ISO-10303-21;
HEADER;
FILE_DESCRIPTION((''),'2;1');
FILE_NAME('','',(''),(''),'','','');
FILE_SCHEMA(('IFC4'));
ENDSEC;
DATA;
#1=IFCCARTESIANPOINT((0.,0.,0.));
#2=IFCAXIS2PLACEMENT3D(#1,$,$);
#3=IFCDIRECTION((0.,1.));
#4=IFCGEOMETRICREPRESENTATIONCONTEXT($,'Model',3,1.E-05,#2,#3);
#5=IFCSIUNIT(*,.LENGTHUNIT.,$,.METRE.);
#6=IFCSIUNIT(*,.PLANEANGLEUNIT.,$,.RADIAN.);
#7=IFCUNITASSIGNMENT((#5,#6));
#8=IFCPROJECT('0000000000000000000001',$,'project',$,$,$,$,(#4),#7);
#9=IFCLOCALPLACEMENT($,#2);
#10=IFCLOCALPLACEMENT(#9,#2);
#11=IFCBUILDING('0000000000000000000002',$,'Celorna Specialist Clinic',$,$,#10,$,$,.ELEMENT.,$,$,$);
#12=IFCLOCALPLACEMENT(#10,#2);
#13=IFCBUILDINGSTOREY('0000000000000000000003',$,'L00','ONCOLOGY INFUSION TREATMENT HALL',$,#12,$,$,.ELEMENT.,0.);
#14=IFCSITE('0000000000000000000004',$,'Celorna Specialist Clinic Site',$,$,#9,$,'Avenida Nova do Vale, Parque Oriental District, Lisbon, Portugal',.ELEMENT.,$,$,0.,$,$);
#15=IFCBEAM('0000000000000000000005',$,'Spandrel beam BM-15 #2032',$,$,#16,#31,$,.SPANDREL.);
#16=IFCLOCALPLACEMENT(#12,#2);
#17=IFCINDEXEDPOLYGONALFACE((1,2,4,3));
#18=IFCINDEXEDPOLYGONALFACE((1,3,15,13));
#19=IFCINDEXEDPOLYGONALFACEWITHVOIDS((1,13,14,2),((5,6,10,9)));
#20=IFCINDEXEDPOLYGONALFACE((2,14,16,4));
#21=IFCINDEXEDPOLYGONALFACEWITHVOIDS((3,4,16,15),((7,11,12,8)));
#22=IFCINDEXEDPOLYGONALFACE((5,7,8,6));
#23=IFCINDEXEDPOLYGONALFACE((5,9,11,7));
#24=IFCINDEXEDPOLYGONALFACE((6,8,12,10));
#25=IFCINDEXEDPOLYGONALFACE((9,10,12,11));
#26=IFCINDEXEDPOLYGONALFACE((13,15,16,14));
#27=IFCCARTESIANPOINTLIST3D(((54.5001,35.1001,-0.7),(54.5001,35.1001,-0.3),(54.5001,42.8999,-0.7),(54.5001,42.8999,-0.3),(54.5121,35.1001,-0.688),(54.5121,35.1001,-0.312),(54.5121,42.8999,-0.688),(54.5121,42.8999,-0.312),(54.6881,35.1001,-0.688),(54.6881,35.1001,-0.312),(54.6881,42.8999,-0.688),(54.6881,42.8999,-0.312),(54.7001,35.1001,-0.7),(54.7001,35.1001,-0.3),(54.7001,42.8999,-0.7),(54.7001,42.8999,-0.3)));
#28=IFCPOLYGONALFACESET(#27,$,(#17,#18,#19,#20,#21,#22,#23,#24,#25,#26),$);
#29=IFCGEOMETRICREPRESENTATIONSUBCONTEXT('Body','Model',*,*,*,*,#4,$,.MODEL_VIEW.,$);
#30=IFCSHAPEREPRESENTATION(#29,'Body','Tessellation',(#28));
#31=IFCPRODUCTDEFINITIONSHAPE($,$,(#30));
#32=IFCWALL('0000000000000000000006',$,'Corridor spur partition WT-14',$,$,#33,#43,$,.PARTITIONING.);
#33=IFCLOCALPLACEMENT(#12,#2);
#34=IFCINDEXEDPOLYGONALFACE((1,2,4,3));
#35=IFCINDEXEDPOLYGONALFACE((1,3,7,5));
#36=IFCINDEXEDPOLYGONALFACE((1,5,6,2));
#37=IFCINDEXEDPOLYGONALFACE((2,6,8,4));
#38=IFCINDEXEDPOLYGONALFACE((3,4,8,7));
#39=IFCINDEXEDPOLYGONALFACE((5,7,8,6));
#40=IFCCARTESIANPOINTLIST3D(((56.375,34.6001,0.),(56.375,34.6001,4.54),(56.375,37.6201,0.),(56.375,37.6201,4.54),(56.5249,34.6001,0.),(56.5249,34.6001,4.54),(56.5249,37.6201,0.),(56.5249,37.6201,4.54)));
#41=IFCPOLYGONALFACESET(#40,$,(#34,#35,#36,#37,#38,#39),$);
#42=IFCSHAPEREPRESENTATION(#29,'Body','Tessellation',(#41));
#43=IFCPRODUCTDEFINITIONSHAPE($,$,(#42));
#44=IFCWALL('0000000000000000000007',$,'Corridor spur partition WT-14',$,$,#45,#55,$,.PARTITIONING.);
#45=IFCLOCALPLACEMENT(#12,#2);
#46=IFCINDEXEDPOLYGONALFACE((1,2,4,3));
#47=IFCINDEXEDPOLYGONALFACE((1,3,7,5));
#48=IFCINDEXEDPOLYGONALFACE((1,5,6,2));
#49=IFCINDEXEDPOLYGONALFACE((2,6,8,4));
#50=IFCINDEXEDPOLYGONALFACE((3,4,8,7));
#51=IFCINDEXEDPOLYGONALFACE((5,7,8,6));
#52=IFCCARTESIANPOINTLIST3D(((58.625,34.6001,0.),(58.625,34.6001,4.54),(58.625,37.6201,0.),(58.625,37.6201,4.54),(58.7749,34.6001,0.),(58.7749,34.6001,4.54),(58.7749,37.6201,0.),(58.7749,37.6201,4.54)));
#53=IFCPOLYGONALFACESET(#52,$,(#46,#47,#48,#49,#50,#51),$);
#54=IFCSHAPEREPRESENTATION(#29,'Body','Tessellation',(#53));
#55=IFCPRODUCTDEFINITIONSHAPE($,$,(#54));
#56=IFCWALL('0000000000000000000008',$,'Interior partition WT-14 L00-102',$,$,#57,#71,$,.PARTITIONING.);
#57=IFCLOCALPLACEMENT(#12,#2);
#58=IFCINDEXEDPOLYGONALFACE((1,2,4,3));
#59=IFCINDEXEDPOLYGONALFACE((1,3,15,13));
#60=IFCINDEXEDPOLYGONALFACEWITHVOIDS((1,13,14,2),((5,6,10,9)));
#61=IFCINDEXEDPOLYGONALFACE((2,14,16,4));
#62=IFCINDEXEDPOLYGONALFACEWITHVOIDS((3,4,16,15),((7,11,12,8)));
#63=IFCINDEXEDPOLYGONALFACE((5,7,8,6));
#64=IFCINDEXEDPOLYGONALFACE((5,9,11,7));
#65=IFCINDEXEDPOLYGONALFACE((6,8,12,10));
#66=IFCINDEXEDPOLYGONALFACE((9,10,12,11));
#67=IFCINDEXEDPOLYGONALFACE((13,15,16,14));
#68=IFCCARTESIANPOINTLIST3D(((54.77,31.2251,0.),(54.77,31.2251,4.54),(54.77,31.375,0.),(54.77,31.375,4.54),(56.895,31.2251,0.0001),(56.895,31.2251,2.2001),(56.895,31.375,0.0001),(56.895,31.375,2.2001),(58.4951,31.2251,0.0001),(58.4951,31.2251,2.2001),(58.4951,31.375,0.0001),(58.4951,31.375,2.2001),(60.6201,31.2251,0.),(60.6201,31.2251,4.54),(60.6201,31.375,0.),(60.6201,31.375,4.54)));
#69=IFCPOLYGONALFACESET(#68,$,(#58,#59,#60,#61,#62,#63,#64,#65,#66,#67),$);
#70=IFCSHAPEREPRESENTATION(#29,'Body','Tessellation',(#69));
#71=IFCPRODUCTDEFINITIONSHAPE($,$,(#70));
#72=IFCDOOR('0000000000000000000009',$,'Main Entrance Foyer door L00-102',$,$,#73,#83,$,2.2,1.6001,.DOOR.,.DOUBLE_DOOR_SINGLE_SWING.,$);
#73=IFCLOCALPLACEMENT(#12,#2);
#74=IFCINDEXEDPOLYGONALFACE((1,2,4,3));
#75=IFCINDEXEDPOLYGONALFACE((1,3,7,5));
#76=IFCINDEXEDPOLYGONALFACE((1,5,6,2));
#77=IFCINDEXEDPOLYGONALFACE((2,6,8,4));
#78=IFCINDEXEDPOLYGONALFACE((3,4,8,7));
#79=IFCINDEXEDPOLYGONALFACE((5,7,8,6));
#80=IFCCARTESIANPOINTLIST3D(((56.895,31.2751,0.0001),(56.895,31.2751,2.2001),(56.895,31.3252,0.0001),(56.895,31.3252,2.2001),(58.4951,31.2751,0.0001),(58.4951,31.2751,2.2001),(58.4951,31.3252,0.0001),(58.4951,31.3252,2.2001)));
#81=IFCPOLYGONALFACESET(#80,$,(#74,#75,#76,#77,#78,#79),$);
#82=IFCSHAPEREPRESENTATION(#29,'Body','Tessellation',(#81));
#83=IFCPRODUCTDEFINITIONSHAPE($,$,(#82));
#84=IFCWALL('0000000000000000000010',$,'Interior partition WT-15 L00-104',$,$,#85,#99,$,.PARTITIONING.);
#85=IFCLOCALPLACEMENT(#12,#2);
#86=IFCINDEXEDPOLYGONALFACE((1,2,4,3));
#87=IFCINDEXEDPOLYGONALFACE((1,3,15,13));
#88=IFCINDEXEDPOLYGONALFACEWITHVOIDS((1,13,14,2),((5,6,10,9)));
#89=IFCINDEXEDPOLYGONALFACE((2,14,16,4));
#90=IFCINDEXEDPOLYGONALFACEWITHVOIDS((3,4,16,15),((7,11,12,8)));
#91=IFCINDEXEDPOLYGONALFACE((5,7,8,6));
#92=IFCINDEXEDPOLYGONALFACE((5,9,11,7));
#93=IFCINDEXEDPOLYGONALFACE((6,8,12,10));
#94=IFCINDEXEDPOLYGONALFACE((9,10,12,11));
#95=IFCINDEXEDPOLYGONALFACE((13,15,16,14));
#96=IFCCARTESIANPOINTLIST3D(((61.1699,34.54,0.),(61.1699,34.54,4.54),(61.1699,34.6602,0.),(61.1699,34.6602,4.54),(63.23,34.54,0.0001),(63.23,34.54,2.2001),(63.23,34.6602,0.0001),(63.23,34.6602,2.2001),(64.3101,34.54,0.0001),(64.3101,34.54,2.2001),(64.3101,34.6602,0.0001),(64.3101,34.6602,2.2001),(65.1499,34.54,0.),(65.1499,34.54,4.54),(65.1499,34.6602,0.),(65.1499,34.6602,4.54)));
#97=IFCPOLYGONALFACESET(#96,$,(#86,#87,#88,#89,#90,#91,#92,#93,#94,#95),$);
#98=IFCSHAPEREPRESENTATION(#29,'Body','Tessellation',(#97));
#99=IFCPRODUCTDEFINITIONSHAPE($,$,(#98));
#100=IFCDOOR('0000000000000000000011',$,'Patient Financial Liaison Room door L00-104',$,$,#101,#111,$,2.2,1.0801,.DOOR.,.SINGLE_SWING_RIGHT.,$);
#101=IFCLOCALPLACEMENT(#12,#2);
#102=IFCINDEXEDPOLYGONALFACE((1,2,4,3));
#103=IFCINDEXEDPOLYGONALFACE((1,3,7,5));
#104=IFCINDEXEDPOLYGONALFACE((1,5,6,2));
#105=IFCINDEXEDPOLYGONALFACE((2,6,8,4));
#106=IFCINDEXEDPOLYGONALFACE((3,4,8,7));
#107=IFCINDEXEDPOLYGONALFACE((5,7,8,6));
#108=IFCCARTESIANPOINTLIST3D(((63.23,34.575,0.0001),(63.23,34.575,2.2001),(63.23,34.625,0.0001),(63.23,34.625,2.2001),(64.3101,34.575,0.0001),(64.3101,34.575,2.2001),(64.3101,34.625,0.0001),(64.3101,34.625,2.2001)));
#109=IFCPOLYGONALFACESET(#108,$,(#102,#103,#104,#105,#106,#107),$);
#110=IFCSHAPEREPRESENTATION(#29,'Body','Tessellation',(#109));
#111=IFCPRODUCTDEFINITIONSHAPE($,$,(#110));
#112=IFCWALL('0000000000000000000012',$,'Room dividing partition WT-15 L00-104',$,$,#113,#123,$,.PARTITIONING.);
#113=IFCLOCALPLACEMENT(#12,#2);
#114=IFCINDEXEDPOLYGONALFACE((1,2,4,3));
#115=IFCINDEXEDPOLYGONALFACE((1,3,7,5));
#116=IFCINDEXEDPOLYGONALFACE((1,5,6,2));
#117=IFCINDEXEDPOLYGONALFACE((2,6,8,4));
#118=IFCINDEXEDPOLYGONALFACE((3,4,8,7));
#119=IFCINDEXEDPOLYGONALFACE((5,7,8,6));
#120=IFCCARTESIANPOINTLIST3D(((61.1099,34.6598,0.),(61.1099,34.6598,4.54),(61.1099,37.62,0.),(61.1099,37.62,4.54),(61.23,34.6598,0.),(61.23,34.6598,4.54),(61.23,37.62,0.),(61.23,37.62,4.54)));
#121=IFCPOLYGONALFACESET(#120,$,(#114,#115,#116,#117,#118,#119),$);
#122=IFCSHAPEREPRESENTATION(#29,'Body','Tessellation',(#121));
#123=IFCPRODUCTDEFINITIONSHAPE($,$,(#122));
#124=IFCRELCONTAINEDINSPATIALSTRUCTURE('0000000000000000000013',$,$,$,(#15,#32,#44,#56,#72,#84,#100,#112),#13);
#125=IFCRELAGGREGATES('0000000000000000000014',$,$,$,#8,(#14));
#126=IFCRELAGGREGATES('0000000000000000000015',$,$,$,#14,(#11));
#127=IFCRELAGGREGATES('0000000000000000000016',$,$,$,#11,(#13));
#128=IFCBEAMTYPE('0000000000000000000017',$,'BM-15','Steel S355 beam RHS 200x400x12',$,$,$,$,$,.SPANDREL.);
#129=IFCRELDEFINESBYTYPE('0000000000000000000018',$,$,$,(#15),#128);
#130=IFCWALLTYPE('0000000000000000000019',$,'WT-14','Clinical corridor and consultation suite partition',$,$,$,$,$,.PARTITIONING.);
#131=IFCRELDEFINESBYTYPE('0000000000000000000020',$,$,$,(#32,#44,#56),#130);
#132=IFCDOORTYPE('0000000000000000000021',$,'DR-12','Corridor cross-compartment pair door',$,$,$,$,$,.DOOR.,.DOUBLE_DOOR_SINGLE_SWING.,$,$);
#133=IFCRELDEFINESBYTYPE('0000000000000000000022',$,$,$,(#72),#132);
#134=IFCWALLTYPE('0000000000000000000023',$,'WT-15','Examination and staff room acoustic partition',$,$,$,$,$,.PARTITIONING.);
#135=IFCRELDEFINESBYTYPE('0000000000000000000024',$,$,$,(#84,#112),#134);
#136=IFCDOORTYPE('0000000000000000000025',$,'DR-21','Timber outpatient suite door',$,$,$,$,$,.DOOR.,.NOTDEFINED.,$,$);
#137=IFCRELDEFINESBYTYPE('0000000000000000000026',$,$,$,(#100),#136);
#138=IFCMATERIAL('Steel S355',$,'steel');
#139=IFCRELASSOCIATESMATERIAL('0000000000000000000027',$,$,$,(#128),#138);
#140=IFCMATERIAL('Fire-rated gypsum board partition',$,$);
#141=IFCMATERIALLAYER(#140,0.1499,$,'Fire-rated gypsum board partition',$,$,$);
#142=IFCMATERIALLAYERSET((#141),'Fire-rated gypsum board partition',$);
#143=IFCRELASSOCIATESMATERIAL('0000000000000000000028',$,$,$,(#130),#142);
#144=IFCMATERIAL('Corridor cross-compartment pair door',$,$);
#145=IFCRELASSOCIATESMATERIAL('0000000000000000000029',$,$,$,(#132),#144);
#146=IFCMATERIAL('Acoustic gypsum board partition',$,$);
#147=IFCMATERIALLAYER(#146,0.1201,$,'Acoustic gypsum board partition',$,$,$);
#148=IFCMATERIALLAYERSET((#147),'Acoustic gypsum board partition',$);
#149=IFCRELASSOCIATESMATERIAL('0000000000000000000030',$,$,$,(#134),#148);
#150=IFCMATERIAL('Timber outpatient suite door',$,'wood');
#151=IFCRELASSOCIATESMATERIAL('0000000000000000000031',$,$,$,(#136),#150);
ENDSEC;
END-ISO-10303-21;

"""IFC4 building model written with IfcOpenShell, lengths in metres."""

from ifc_helpers import new_model, si_unit, direction, frame, frame_2d, origin, origin_2d, place, context, subcontext, project, spatial, rectangle, hollow_rectangle, extrude, material, layer, layer_set, material_profile, profile_set, type_object, element, fill, save


model = new_model("IFC4")

# Units and contexts
model_context = context("Model", 3, precision=1e-05, world=origin(), true_north=direction((0.0, 1.0)))
body_context = subcontext(model_context, "Body", "Model", "MODEL_VIEW")
ifc_project = project(units=[si_unit("LENGTHUNIT", "METRE"), si_unit("PLANEANGLEUNIT", "RADIAN")], contexts=[model_context])

# Site, building, storey
site_placement = place(None, origin())
site = spatial("IfcSite", under=ifc_project, at=site_placement, Name="Celorna Specialist Clinic Site", LongName="Avenida Nova do Vale, Parque Oriental District, Lisbon, Portugal", CompositionType="ELEMENT", RefElevation=0.0)
building_placement = place(site_placement, origin())
building = spatial("IfcBuilding", under=site, at=building_placement, Name="Celorna Specialist Clinic", CompositionType="ELEMENT")
storey_placement = place(building_placement, origin())
storey = spatial("IfcBuildingStorey", under=building, at=storey_placement, Name="L00", Description="ONCOLOGY INFUSION TREATMENT HALL", CompositionType="ELEMENT", Elevation=0.0)

# Beam
ifc_material_1 = material(Name="Steel S355", Category="steel")
ifc_material_profile_1 = material_profile(ifc_material_1, hollow_rectangle(XDim=0.2, YDim=0.3999, WallThickness=0.012, at=origin_2d()), Name="RHS 200x400x12")
ifc_profile_set_1 = profile_set([ifc_material_profile_1], Name="Steel S355")
beam_type_1 = type_object("IfcBeamType", Name="BM-15", Description="Steel S355 beam RHS 200x400x12", PredefinedType="SPANDREL", material=ifc_profile_set_1)
beam_1_placement = place(storey_placement, frame((54.6001, 35.1001, -0.5), z_axis=(0.0, 1.0, 0.0), x_axis=(-1.0, 0.0, 0.0)))
element("IfcBeam", 1, at=beam_1_placement, inside=storey, type_object=beam_type_1, Name="Spandrel beam BM-15 #2032", PredefinedType="SPANDREL", context=body_context, shape_type="SweptSolid", body=[
    extrude(hollow_rectangle(XDim=0.2, YDim=0.3999, WallThickness=0.012, at=origin_2d()), origin(), (0.0, 0.0, 1.0), 7.7998),
])

# Walls
ifc_material_2 = material(Name="Fire-rated gypsum board partition")
ifc_layer_1 = layer(ifc_material_2, 0.1499, Name="Fire-rated gypsum board partition")
ifc_layer_set_1 = layer_set([ifc_layer_1], Name="Fire-rated gypsum board partition")
wall_type_1 = type_object("IfcWallType", Name="WT-14", Description="Clinical corridor and consultation suite partition", PredefinedType="PARTITIONING", material=ifc_layer_set_1)
for number, where, z_axis, x_axis, name in (
    (2, (56.45, 34.6001, 0.0), (0.0, 0.0, 1.0), (0.0, 1.0, 0.0), "Corridor spur partition WT-14"),
    (3, (58.7, 34.6001, 0.0), (0.0, 0.0, 1.0), (0.0, 1.0, 0.0), "Corridor spur partition WT-14"),
):
    element("IfcWall", number, at=place(storey_placement, frame(where, z_axis=z_axis, x_axis=x_axis)), inside=storey, type_object=wall_type_1, Name=name, PredefinedType="PARTITIONING", context=body_context, shape_type="SweptSolid", body=[
        extrude(rectangle(XDim=3.02, YDim=0.1499, at=frame_2d((1.51, 0.0))), origin(), (0.0, 0.0, 1.0), 4.54),
    ])

# Walls, openings, doors
wall_1_placement = place(storey_placement, frame((60.6201, 31.3, 0.0), z_axis=(0.0, 0.0, 1.0), x_axis=(-1.0, 0.0, 0.0)))
wall_1 = element("IfcWall", 4, at=wall_1_placement, inside=storey, type_object=wall_type_1, Name="Interior partition WT-14 L00-102", PredefinedType="PARTITIONING", context=body_context, shape_type="SweptSolid", body=[
    extrude(rectangle(XDim=5.8501, YDim=0.1499, at=frame_2d((2.925, 0.0))), origin(), (0.0, 0.0, 1.0), 4.54),
])
opening_1_placement = place(wall_1_placement, frame((2.125, 0.0, 0.0)))
opening_1 = element("IfcOpeningElement", 5, at=opening_1_placement, cuts=wall_1, PredefinedType="OPENING", context=body_context, shape_type="SweptSolid", body=[
    extrude(rectangle(XDim=1.6001, YDim=2.2, at=frame_2d((0.8, 1.1001))), frame((0.0, 0.085, 0.0), z_axis=(0.0, -1.0, 0.0), x_axis=(1.0, 0.0, 0.0)), (0.0, 0.0, 1.0), 0.1699),
])
ifc_material_3 = material(Name="Corridor cross-compartment pair door")
door_type_1 = type_object("IfcDoorType", Name="DR-12", Description="Corridor cross-compartment pair door", OperationType="DOUBLE_DOOR_SINGLE_SWING", PredefinedType="DOOR", material=ifc_material_3)
door_1_placement = place(opening_1_placement, origin())
door_1 = element("IfcDoor", 6, at=door_1_placement, inside=storey, type_object=door_type_1, Name="Main Entrance Foyer door L00-102", OperationType="DOUBLE_DOOR_SINGLE_SWING", OverallHeight=2.2, OverallWidth=1.6001, PredefinedType="DOOR", context=body_context, shape_type="SweptSolid", body=[
    extrude(rectangle(XDim=1.6001, YDim=2.2, at=frame_2d((0.8, 1.1001))), frame((0.0, 0.0249, 0.0), z_axis=(0.0, -1.0, 0.0), x_axis=(1.0, 0.0, 0.0)), (0.0, 0.0, 1.0), 0.05),
])
fill(opening_1, door_1)
ifc_material_4 = material(Name="Acoustic gypsum board partition")
ifc_layer_2 = layer(ifc_material_4, 0.1201, Name="Acoustic gypsum board partition")
ifc_layer_set_2 = layer_set([ifc_layer_2], Name="Acoustic gypsum board partition")
wall_type_2 = type_object("IfcWallType", Name="WT-15", Description="Examination and staff room acoustic partition", PredefinedType="PARTITIONING", material=ifc_layer_set_2)
wall_2_placement = place(storey_placement, frame((61.1699, 34.6001, 0.0), z_axis=(0.0, 0.0, 1.0), x_axis=(1.0, 0.0, 0.0)))
wall_2 = element("IfcWall", 7, at=wall_2_placement, inside=storey, type_object=wall_type_2, Name="Interior partition WT-15 L00-104", PredefinedType="PARTITIONING", context=body_context, shape_type="SweptSolid", body=[
    extrude(rectangle(XDim=3.98, YDim=0.1201, at=frame_2d((1.99, 0.0))), origin(), (0.0, 0.0, 1.0), 4.54),
])
opening_2_placement = place(wall_2_placement, frame((2.0601, 0.0, 0.0)))
opening_2 = element("IfcOpeningElement", 8, at=opening_2_placement, cuts=wall_2, PredefinedType="OPENING", context=body_context, shape_type="SweptSolid", body=[
    extrude(rectangle(XDim=1.0801, YDim=2.2, at=frame_2d((0.54, 1.1001))), frame((0.0, 0.0701, 0.0), z_axis=(0.0, -1.0, 0.0), x_axis=(1.0, 0.0, 0.0)), (0.0, 0.0, 1.0), 0.1401),
])
ifc_material_5 = material(Name="Timber outpatient suite door", Category="wood")
door_type_2 = type_object("IfcDoorType", Name="DR-21", Description="Timber outpatient suite door", OperationType="NOTDEFINED", PredefinedType="DOOR", material=ifc_material_5)
door_2_placement = place(opening_2_placement, origin())
door_2 = element("IfcDoor", 9, at=door_2_placement, inside=storey, type_object=door_type_2, Name="Patient Financial Liaison Room door L00-104", OperationType="SINGLE_SWING_RIGHT", OverallHeight=2.2, OverallWidth=1.0801, PredefinedType="DOOR", context=body_context, shape_type="SweptSolid", body=[
    extrude(rectangle(XDim=1.0801, YDim=2.2, at=frame_2d((0.54, 1.1001))), frame((0.0, 0.0249, 0.0), z_axis=(0.0, -1.0, 0.0), x_axis=(1.0, 0.0, 0.0)), (0.0, 0.0, 1.0), 0.05),
])
fill(opening_2, door_2)

# Wall
wall_3_placement = place(storey_placement, frame((61.1699, 34.6599, 0.0), z_axis=(0.0, 0.0, 1.0), x_axis=(0.0, 1.0, 0.0)))
element("IfcWall", 10, at=wall_3_placement, inside=storey, type_object=wall_type_2, Name="Room dividing partition WT-15 L00-104", PredefinedType="PARTITIONING", context=body_context, shape_type="SweptSolid", body=[
    extrude(rectangle(XDim=2.9602, YDim=0.1201, at=frame_2d((1.48, 0.0))), origin(), (0.0, 0.0, 1.0), 4.54),
])

save(model, "model.ifc")
